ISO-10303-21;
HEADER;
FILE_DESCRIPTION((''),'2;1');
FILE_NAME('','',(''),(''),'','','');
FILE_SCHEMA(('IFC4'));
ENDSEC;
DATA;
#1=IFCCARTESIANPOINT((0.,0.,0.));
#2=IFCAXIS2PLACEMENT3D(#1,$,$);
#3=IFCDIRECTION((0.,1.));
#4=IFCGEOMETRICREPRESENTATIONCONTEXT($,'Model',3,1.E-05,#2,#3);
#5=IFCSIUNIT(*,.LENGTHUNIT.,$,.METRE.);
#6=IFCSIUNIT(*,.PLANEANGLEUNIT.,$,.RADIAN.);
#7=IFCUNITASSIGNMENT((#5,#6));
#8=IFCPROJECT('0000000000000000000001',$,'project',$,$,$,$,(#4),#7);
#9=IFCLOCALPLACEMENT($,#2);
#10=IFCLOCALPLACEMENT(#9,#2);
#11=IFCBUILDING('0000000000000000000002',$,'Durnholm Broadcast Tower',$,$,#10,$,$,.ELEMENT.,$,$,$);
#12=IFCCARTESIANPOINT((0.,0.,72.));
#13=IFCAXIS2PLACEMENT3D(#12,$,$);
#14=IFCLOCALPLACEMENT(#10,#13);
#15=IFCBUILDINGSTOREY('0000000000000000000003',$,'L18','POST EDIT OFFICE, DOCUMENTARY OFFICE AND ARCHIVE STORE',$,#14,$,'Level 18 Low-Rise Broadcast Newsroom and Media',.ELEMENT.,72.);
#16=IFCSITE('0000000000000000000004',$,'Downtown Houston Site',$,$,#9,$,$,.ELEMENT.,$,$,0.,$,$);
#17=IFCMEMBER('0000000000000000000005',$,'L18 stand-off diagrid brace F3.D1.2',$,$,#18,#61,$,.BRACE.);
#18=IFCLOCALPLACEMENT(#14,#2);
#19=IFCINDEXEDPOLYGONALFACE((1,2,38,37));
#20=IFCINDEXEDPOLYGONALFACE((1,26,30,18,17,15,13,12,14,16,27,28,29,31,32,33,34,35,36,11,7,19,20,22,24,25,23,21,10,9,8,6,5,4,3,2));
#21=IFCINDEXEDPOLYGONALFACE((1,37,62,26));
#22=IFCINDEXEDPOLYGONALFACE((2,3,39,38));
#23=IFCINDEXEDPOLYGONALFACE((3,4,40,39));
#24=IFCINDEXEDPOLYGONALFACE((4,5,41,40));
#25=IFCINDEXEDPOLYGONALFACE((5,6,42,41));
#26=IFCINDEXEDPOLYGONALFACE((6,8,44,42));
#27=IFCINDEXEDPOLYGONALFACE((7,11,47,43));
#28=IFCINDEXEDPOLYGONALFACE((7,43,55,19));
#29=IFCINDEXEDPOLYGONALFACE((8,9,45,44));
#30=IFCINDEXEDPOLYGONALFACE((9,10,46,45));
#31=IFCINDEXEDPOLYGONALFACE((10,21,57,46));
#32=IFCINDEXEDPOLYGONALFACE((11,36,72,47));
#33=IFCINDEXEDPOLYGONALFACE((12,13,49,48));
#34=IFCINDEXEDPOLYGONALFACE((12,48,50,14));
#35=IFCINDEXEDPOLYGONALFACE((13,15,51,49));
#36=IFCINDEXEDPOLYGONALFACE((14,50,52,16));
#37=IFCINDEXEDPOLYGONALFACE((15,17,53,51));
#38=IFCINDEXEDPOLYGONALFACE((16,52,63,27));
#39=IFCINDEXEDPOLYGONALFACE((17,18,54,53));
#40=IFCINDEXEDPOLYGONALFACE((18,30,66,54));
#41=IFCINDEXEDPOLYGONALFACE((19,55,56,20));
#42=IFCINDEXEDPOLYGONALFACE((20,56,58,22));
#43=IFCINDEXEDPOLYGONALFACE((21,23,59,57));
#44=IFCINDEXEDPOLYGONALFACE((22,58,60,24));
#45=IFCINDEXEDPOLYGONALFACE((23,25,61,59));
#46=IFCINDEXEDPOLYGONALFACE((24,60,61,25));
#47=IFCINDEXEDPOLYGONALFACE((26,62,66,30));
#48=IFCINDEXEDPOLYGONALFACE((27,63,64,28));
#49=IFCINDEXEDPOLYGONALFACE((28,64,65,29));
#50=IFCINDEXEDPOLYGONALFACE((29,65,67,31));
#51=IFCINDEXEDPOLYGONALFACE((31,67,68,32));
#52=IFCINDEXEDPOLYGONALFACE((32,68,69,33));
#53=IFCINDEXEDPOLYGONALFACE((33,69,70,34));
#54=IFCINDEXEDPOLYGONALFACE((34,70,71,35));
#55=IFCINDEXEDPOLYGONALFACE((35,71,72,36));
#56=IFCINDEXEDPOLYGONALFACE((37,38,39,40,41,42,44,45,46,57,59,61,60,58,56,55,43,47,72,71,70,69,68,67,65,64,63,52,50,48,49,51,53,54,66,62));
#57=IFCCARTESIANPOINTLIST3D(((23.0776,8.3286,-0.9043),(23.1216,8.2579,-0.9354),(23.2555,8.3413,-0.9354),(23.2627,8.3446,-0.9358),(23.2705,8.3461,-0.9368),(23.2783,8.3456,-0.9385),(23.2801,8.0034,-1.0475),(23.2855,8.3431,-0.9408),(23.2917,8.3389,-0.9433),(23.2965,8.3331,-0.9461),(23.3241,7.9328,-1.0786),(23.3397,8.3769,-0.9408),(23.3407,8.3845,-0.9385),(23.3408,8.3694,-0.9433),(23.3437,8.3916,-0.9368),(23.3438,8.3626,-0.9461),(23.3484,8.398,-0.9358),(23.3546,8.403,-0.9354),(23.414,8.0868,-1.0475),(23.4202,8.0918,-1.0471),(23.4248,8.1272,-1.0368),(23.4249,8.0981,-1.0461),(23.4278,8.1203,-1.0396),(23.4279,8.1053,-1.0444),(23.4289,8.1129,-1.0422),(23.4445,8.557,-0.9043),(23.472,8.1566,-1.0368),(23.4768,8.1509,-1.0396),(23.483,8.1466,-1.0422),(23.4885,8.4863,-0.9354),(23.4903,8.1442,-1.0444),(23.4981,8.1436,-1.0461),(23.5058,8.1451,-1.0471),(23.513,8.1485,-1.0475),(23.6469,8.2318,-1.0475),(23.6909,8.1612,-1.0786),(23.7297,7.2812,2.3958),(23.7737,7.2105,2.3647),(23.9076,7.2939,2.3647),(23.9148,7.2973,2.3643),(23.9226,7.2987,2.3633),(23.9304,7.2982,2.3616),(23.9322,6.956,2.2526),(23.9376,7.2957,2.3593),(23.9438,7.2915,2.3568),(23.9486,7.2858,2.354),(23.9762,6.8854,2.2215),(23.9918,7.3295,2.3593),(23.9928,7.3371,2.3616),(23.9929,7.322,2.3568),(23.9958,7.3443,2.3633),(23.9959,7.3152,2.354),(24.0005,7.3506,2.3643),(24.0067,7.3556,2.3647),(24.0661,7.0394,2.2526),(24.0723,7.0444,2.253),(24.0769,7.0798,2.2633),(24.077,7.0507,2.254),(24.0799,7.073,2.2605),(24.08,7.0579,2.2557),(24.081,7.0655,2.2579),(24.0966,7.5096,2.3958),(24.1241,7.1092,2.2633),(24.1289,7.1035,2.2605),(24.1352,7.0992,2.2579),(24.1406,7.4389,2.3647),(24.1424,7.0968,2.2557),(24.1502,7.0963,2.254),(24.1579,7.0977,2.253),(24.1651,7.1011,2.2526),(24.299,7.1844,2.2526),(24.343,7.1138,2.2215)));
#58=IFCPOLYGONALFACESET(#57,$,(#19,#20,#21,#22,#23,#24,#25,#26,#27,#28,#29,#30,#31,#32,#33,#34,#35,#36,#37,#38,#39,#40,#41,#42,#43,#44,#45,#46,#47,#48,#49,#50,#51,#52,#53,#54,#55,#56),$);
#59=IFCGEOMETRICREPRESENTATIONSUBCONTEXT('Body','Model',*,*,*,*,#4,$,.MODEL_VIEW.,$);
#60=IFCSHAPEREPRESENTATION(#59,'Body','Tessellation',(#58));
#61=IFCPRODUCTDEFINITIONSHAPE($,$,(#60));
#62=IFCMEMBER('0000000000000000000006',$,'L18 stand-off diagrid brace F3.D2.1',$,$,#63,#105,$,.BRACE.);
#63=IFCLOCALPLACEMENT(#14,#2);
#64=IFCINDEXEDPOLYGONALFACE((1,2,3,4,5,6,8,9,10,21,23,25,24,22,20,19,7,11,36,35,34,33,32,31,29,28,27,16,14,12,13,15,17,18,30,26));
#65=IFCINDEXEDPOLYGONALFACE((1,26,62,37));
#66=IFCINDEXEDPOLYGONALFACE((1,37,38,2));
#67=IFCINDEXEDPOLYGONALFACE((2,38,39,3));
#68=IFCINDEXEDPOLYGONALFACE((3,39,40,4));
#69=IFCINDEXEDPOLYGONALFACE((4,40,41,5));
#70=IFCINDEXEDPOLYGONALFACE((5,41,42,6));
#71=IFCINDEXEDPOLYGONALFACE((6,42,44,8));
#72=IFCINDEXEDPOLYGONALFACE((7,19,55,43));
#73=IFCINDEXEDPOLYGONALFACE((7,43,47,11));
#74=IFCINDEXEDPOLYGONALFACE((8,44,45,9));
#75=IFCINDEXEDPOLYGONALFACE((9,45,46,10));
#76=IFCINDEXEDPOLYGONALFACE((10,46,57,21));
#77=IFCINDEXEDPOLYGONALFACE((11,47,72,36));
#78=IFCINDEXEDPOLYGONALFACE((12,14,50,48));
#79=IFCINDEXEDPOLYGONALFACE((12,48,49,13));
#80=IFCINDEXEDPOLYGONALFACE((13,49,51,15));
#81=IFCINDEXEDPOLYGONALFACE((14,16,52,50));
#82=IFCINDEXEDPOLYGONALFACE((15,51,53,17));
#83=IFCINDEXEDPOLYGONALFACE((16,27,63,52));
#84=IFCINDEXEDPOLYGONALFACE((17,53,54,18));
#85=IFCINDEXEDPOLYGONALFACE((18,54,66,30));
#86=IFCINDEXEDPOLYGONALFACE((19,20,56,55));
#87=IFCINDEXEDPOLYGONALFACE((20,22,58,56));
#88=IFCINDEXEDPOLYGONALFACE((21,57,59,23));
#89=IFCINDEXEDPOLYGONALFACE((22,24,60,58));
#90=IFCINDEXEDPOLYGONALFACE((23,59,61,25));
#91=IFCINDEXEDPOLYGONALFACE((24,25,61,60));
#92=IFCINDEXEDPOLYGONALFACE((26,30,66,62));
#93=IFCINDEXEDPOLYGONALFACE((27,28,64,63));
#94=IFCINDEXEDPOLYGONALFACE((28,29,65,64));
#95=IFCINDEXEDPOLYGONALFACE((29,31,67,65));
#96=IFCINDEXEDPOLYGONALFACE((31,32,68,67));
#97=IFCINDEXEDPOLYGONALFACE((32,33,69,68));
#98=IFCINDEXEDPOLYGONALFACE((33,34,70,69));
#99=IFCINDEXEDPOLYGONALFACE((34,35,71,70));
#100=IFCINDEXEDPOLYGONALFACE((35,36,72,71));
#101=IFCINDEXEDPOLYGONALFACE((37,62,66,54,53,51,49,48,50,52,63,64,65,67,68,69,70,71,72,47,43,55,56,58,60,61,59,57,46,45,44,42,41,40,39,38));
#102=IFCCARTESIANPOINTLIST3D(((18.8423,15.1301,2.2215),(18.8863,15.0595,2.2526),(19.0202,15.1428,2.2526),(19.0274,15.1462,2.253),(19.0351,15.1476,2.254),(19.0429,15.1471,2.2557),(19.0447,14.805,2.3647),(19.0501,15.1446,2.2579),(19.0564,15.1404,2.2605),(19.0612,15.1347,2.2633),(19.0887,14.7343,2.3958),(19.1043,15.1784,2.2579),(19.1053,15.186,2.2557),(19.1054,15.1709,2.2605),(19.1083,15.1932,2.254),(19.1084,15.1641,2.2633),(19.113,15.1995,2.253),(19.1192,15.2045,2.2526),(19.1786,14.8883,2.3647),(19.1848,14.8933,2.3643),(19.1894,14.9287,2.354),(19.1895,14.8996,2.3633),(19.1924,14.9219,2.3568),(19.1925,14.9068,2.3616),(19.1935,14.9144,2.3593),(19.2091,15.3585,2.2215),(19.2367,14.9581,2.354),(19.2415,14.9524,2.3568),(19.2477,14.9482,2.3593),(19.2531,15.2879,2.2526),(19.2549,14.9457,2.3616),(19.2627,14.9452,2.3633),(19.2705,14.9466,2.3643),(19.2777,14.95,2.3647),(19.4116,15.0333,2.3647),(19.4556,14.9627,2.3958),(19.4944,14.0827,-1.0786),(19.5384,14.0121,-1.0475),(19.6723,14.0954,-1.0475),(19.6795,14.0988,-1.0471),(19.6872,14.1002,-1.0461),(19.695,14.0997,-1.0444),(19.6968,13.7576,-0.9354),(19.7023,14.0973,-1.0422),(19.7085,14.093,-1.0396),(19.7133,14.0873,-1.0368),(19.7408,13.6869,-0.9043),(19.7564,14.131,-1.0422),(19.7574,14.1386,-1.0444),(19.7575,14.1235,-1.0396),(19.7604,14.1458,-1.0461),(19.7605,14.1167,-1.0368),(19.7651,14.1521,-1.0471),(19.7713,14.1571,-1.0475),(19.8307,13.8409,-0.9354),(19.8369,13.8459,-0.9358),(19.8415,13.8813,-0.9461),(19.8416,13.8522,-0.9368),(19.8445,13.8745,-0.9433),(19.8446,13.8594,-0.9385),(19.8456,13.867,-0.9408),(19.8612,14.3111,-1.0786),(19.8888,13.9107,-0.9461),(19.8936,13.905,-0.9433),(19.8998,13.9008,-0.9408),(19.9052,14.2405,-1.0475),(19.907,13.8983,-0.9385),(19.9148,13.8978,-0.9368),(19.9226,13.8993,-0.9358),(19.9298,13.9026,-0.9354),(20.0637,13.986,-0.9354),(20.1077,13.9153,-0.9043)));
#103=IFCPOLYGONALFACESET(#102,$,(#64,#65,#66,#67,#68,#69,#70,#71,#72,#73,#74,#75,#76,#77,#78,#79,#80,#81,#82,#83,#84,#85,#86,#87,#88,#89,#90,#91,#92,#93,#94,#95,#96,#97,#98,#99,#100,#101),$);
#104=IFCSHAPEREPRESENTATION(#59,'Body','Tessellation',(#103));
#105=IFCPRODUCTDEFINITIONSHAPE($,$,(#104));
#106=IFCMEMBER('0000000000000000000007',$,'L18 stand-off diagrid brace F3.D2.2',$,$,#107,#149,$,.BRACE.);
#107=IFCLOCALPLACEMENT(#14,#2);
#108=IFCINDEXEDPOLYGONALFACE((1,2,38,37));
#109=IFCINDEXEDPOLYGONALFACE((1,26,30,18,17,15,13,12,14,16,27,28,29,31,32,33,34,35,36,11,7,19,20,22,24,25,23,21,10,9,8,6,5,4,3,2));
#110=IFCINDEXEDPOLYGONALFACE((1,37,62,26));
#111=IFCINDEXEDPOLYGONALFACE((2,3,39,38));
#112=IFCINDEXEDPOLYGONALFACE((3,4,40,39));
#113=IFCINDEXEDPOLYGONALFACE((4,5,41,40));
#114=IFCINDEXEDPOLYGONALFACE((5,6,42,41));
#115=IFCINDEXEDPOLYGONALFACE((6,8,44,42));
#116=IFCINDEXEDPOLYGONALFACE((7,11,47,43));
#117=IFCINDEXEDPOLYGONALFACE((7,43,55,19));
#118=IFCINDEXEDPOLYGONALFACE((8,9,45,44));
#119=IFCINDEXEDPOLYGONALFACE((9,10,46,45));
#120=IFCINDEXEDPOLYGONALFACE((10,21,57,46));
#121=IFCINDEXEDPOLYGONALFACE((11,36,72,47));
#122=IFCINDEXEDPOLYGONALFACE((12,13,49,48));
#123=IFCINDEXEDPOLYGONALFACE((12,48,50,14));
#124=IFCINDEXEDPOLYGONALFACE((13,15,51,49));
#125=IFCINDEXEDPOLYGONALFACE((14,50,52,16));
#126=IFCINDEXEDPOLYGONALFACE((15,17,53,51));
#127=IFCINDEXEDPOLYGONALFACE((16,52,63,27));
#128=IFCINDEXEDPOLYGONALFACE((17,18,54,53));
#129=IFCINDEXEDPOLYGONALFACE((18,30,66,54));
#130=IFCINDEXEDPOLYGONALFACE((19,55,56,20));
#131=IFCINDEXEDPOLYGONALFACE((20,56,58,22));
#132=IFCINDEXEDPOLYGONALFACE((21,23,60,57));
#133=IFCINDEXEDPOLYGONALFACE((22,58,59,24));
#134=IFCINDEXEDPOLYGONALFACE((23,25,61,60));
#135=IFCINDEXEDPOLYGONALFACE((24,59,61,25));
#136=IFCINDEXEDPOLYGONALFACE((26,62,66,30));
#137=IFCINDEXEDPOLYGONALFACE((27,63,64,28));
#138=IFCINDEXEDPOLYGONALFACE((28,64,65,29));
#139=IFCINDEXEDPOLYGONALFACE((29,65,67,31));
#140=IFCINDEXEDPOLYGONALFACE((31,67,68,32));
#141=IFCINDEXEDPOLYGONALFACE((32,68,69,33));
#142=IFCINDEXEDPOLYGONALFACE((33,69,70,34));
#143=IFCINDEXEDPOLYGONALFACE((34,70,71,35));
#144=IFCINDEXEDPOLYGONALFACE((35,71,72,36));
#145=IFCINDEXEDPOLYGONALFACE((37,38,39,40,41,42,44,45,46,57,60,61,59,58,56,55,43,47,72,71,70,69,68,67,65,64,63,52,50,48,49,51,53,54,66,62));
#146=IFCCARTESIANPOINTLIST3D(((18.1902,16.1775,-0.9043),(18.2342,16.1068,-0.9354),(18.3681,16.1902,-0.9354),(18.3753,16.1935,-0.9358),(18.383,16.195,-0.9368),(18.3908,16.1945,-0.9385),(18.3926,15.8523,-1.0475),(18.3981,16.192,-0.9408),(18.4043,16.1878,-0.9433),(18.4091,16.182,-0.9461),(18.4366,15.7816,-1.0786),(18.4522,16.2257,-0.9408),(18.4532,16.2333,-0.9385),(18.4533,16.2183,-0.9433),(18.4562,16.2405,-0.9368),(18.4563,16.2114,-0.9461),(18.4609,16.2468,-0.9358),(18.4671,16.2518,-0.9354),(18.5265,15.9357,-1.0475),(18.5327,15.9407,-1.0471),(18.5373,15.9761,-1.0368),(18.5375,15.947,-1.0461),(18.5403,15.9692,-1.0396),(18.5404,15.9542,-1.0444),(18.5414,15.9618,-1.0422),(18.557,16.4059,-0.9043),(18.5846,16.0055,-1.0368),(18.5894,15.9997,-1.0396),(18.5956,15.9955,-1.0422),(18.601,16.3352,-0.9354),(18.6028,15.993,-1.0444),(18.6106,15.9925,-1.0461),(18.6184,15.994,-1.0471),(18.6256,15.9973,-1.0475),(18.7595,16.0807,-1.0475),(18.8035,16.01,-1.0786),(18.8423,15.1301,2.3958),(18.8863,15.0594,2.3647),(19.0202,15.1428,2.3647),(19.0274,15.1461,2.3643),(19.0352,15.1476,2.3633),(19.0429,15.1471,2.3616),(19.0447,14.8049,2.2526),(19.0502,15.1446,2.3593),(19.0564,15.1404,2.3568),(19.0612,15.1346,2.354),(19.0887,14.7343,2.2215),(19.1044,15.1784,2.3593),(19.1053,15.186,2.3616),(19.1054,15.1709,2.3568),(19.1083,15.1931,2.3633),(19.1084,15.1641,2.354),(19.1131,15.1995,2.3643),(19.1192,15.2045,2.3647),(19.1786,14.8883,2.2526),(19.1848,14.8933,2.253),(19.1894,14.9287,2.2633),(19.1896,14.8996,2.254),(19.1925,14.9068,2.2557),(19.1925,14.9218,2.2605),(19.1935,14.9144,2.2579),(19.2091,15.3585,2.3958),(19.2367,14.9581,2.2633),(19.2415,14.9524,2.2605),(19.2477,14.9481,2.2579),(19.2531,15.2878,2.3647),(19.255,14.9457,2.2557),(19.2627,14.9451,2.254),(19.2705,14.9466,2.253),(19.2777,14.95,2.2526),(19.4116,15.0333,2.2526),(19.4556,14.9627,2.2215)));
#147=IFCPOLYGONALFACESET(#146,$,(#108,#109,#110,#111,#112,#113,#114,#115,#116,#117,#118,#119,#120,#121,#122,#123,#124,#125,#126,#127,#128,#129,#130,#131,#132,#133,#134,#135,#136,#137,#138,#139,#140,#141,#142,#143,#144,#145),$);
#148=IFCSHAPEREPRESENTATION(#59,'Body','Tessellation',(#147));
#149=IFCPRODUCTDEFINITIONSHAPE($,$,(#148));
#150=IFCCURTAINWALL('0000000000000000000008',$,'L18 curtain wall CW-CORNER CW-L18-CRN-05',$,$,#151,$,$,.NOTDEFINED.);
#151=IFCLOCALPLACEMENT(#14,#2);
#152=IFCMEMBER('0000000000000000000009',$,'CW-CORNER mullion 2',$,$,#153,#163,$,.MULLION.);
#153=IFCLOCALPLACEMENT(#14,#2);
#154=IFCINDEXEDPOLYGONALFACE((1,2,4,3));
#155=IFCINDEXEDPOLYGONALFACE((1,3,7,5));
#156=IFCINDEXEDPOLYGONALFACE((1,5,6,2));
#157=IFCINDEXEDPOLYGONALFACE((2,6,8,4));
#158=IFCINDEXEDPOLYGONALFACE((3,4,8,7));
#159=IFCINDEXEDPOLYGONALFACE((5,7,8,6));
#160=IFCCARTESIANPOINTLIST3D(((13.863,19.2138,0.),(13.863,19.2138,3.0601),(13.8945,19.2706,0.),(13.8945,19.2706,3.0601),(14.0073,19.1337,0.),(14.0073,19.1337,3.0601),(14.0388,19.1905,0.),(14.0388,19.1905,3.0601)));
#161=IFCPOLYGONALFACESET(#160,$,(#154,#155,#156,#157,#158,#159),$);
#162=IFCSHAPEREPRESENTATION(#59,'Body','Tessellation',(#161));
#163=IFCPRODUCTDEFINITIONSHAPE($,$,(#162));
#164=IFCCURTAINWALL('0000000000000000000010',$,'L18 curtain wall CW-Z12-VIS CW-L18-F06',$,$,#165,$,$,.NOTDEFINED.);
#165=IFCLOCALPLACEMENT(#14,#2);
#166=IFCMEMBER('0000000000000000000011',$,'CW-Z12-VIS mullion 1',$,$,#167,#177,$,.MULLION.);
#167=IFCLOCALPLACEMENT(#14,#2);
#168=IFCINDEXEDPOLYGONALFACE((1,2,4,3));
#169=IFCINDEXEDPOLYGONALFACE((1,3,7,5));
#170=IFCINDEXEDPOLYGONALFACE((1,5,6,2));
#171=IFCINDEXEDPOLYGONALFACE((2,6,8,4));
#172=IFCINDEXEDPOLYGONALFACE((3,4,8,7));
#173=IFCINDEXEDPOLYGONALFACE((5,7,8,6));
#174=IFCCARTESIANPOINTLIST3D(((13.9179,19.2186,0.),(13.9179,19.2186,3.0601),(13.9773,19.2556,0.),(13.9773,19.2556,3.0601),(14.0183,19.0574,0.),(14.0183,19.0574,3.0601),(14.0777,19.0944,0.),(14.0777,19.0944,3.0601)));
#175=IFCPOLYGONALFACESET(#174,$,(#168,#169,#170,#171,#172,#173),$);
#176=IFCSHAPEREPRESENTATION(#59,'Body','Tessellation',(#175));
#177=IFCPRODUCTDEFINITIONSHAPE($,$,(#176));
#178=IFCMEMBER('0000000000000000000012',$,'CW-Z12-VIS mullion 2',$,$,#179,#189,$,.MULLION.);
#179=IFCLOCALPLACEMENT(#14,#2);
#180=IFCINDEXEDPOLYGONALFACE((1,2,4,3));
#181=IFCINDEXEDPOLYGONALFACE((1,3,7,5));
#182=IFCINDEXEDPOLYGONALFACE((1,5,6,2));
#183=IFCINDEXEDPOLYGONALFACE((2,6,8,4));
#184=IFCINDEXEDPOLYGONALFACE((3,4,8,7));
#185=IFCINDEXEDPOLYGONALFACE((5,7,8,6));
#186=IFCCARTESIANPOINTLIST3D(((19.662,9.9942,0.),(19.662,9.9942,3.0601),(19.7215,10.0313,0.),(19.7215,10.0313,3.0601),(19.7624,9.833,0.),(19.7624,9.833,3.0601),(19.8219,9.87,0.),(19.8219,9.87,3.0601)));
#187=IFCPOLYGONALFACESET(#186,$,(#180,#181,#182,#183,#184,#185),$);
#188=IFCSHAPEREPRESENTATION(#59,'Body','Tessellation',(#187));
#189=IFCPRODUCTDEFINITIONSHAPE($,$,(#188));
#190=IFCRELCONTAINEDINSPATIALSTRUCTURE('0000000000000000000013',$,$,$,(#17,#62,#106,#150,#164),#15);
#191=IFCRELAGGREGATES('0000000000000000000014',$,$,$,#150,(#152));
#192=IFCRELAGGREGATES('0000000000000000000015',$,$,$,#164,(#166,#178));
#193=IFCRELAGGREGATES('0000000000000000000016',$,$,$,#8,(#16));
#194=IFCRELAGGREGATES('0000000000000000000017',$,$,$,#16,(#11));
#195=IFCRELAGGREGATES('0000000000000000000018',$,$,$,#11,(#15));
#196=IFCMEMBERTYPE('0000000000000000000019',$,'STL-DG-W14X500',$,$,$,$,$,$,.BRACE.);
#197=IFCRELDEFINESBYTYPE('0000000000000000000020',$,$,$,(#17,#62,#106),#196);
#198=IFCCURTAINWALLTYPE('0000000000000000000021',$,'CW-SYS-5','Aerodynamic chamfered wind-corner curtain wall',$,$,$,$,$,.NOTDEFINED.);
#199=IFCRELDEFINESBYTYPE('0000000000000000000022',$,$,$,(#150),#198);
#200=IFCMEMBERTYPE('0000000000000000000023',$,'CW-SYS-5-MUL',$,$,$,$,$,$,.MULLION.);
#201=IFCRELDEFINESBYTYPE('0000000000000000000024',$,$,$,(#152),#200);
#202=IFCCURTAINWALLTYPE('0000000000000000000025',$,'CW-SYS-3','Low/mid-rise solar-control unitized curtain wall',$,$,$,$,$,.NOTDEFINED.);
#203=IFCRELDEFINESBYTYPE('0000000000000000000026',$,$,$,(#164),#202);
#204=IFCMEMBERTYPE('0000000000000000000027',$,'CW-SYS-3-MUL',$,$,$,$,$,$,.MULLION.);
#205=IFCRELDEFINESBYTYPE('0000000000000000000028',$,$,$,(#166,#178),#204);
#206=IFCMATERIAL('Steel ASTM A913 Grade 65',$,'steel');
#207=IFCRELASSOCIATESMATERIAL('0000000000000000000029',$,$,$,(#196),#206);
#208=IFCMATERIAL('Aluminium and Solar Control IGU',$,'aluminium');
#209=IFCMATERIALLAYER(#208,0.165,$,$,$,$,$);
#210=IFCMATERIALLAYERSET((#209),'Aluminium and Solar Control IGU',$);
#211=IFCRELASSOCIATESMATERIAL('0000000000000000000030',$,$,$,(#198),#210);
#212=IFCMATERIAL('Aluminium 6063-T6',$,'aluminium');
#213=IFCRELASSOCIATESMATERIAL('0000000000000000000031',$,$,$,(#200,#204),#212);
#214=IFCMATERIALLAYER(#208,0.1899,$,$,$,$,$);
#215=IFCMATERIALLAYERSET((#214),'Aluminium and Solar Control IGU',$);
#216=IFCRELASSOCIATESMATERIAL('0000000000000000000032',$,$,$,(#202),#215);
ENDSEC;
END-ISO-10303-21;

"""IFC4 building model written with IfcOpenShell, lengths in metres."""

from ifc_helpers import new_model, si_unit, direction, frame, origin, origin_2d, place, context, subcontext, project, spatial, rectangle, i_section, extrude, source, transform, mapped, material, layer, layer_set, material_profile, profile_set, type_object, type_shapes, element, aggregate, save


model = new_model("IFC4")

# Units and contexts
model_context = context("Model", 3, precision=1e-05, world=origin(), true_north=direction((0.0, 1.0)))
body_context = subcontext(model_context, "Body", "Model", "MODEL_VIEW")
ifc_project = project(units=[si_unit("LENGTHUNIT", "METRE"), si_unit("PLANEANGLEUNIT", "RADIAN")], contexts=[model_context])

# Site, building, storey
site_placement = place(None, origin())
site = spatial("IfcSite", under=ifc_project, at=site_placement, Name="Downtown Houston Site", CompositionType="ELEMENT", RefElevation=0.0)
building_placement = place(site_placement, origin())
building = spatial("IfcBuilding", under=site, at=building_placement, Name="Durnholm Broadcast Tower", CompositionType="ELEMENT")
storey_placement = place(building_placement, frame((0.0, 0.0, 72.0)))
storey = spatial("IfcBuildingStorey", under=building, at=storey_placement, Name="L18", Description="POST EDIT OFFICE, DOCUMENTARY OFFICE AND ARCHIVE STORE", LongName="Level 18 Low-Rise Broadcast Newsroom and Media", CompositionType="ELEMENT", Elevation=72.0)

# Members
ifc_material_1 = material(Name="Steel ASTM A913 Grade 65", Category="steel")
ifc_material_profile_1 = material_profile(ifc_material_1, i_section(OverallWidth=0.4321, OverallDepth=0.4978, WebThickness=0.0557, FlangeThickness=0.0889, FilletRadius=0.0305, at=origin_2d()), Name="W14X500")
ifc_profile_set_1 = profile_set([ifc_material_profile_1], Name="Steel ASTM A913 Grade 65")
member_type_1 = type_object("IfcMemberType", Name="STL-DG-W14X500", PredefinedType="BRACE", material=ifc_profile_set_1)
shared_shape_1 = source(origin(), body_context, "Body", "SweptSolid", [
    extrude(i_section(OverallWidth=0.4321, OverallDepth=0.4978, WebThickness=0.0557, FlangeThickness=0.0889, FilletRadius=0.0305, at=origin_2d()), origin(), (0.0, 0.0, 1.0), 3.5232),
])
type_shapes(member_type_1, [shared_shape_1])
for number, where, z_axis, x_axis, name in (
    (1, (23.3843, 8.2449, -0.9915), (0.18509, -0.297281, 0.936678), (0.848909, 0.52854, 0.0), "L18 stand-off diagrid brace F3.D1.2"),
    (2, (19.801, 13.999, -0.9915), (-0.18509, 0.297281, 0.936678), (-0.848909, -0.52854, 0.0), "L18 stand-off diagrid brace F3.D2.1"),
    (3, (18.4968, 16.0938, -0.9915), (0.18509, -0.297281, 0.936678), (0.848909, 0.52854, 0.0), "L18 stand-off diagrid brace F3.D2.2"),
):
    element("IfcMember", number, at=place(storey_placement, frame(where, z_axis=z_axis, x_axis=x_axis)), inside=storey, type_object=member_type_1, Name=name, PredefinedType="BRACE", context=body_context, shape_type="MappedRepresentation", body=[
        mapped(shared_shape_1, transform((0.0, 0.0, 0.0), x_axis=(1.0, 0.0, 0.0), y_axis=(0.0, 1.0, 0.0), z_axis=(0.0, 0.0, 1.0), scale=1.0)),
    ])

# Curtain wall, member
ifc_material_2 = material(Name="Aluminium and Solar Control IGU", Category="aluminium")
ifc_layer_1 = layer(ifc_material_2, 0.165)
ifc_layer_set_1 = layer_set([ifc_layer_1], Name="Aluminium and Solar Control IGU")
curtain_wall_type_1 = type_object("IfcCurtainWallType", Name="CW-SYS-5", Description="Aerodynamic chamfered wind-corner curtain wall", PredefinedType="NOTDEFINED", material=ifc_layer_set_1)
curtain_wall_1_placement = place(storey_placement, origin())
curtain_wall_1 = element("IfcCurtainWall", 4, at=curtain_wall_1_placement, inside=storey, type_object=curtain_wall_type_1, Name="L18 curtain wall CW-CORNER CW-L18-CRN-05", PredefinedType="NOTDEFINED")
ifc_material_3 = material(Name="Aluminium 6063-T6", Category="aluminium")
ifc_material_profile_2 = material_profile(ifc_material_3, rectangle(XDim=0.0649, YDim=0.165, at=origin_2d()), Name="CWM65X165")
ifc_profile_set_2 = profile_set([ifc_material_profile_2], Name="Aluminium 6063-T6")
member_type_2 = type_object("IfcMemberType", Name="CW-SYS-5-MUL", PredefinedType="MULLION", material=ifc_profile_set_2)
shared_shape_2 = source(origin(), body_context, "Body", "SweptSolid", [
    extrude(rectangle(XDim=0.0649, YDim=0.165, at=origin_2d()), origin(), (0.0, 0.0, 1.0), 3.0601),
])
type_shapes(member_type_2, [shared_shape_2])
member_1_placement = place(storey_placement, frame((13.9509, 19.2021, 0.0), z_axis=(0.0, 0.0, 1.0), x_axis=(0.485483, 0.874246, 0.0)))
member_1 = element("IfcMember", 5, at=member_1_placement, type_object=member_type_2, Name="CW-CORNER mullion 2", PredefinedType="MULLION", context=body_context, shape_type="MappedRepresentation", body=[
    mapped(shared_shape_2, transform((0.0, 0.0, 0.0), x_axis=(1.0, 0.0, 0.0), y_axis=(0.0, 1.0, 0.0), z_axis=(0.0, 0.0, 1.0), scale=1.0)),
])

# Curtain wall, members
ifc_layer_2 = layer(ifc_material_2, 0.1899)
ifc_layer_set_2 = layer_set([ifc_layer_2], Name="Aluminium and Solar Control IGU")
curtain_wall_type_2 = type_object("IfcCurtainWallType", Name="CW-SYS-3", Description="Low/mid-rise solar-control unitized curtain wall", PredefinedType="NOTDEFINED", material=ifc_layer_set_2)
curtain_wall_2_placement = place(storey_placement, origin())
curtain_wall_2 = element("IfcCurtainWall", 6, at=curtain_wall_2_placement, inside=storey, type_object=curtain_wall_type_2, Name="L18 curtain wall CW-Z12-VIS CW-L18-F06", PredefinedType="NOTDEFINED")
ifc_material_profile_3 = material_profile(ifc_material_3, rectangle(XDim=0.0701, YDim=0.1899, at=origin_2d()), Name="CWM70X190")
ifc_profile_set_3 = profile_set([ifc_material_profile_3], Name="Aluminium 6063-T6")
member_type_3 = type_object("IfcMemberType", Name="CW-SYS-3-MUL", PredefinedType="MULLION", material=ifc_profile_set_3)
shared_shape_3 = source(origin(), body_context, "Body", "SweptSolid", [
    extrude(rectangle(XDim=0.0701, YDim=0.1899, at=origin_2d()), origin(), (0.0, 0.0, 1.0), 3.0601),
])
type_shapes(member_type_3, [shared_shape_3])
member_2_placement = place(storey_placement, frame((13.9978, 19.1565, 0.0), z_axis=(0.0, 0.0, 1.0), x_axis=(0.848876, 0.528592, 0.0)))
member_2 = element("IfcMember", 7, at=member_2_placement, type_object=member_type_3, Name="CW-Z12-VIS mullion 1", PredefinedType="MULLION", context=body_context, shape_type="MappedRepresentation", body=[
    mapped(shared_shape_3, transform((0.0, 0.0, 0.0), x_axis=(1.0, 0.0, 0.0), y_axis=(0.0, 1.0, 0.0), z_axis=(0.0, 0.0, 1.0), scale=1.0)),
])
member_3_placement = place(storey_placement, frame((19.7419, 9.9321, 0.0), z_axis=(0.0, 0.0, 1.0), x_axis=(0.848876, 0.528592, 0.0)))
member_3 = element("IfcMember", 8, at=member_3_placement, type_object=member_type_3, Name="CW-Z12-VIS mullion 2", PredefinedType="MULLION", context=body_context, shape_type="MappedRepresentation", body=[
    mapped(shared_shape_3, transform((0.0, 0.0, 0.0), x_axis=(1.0, 0.0, 0.0), y_axis=(0.0, 1.0, 0.0), z_axis=(0.0, 0.0, 1.0), scale=1.0)),
])

aggregate(curtain_wall_1, [member_1])
aggregate(curtain_wall_2, [member_2, member_3])

save(model, "model.ifc")
